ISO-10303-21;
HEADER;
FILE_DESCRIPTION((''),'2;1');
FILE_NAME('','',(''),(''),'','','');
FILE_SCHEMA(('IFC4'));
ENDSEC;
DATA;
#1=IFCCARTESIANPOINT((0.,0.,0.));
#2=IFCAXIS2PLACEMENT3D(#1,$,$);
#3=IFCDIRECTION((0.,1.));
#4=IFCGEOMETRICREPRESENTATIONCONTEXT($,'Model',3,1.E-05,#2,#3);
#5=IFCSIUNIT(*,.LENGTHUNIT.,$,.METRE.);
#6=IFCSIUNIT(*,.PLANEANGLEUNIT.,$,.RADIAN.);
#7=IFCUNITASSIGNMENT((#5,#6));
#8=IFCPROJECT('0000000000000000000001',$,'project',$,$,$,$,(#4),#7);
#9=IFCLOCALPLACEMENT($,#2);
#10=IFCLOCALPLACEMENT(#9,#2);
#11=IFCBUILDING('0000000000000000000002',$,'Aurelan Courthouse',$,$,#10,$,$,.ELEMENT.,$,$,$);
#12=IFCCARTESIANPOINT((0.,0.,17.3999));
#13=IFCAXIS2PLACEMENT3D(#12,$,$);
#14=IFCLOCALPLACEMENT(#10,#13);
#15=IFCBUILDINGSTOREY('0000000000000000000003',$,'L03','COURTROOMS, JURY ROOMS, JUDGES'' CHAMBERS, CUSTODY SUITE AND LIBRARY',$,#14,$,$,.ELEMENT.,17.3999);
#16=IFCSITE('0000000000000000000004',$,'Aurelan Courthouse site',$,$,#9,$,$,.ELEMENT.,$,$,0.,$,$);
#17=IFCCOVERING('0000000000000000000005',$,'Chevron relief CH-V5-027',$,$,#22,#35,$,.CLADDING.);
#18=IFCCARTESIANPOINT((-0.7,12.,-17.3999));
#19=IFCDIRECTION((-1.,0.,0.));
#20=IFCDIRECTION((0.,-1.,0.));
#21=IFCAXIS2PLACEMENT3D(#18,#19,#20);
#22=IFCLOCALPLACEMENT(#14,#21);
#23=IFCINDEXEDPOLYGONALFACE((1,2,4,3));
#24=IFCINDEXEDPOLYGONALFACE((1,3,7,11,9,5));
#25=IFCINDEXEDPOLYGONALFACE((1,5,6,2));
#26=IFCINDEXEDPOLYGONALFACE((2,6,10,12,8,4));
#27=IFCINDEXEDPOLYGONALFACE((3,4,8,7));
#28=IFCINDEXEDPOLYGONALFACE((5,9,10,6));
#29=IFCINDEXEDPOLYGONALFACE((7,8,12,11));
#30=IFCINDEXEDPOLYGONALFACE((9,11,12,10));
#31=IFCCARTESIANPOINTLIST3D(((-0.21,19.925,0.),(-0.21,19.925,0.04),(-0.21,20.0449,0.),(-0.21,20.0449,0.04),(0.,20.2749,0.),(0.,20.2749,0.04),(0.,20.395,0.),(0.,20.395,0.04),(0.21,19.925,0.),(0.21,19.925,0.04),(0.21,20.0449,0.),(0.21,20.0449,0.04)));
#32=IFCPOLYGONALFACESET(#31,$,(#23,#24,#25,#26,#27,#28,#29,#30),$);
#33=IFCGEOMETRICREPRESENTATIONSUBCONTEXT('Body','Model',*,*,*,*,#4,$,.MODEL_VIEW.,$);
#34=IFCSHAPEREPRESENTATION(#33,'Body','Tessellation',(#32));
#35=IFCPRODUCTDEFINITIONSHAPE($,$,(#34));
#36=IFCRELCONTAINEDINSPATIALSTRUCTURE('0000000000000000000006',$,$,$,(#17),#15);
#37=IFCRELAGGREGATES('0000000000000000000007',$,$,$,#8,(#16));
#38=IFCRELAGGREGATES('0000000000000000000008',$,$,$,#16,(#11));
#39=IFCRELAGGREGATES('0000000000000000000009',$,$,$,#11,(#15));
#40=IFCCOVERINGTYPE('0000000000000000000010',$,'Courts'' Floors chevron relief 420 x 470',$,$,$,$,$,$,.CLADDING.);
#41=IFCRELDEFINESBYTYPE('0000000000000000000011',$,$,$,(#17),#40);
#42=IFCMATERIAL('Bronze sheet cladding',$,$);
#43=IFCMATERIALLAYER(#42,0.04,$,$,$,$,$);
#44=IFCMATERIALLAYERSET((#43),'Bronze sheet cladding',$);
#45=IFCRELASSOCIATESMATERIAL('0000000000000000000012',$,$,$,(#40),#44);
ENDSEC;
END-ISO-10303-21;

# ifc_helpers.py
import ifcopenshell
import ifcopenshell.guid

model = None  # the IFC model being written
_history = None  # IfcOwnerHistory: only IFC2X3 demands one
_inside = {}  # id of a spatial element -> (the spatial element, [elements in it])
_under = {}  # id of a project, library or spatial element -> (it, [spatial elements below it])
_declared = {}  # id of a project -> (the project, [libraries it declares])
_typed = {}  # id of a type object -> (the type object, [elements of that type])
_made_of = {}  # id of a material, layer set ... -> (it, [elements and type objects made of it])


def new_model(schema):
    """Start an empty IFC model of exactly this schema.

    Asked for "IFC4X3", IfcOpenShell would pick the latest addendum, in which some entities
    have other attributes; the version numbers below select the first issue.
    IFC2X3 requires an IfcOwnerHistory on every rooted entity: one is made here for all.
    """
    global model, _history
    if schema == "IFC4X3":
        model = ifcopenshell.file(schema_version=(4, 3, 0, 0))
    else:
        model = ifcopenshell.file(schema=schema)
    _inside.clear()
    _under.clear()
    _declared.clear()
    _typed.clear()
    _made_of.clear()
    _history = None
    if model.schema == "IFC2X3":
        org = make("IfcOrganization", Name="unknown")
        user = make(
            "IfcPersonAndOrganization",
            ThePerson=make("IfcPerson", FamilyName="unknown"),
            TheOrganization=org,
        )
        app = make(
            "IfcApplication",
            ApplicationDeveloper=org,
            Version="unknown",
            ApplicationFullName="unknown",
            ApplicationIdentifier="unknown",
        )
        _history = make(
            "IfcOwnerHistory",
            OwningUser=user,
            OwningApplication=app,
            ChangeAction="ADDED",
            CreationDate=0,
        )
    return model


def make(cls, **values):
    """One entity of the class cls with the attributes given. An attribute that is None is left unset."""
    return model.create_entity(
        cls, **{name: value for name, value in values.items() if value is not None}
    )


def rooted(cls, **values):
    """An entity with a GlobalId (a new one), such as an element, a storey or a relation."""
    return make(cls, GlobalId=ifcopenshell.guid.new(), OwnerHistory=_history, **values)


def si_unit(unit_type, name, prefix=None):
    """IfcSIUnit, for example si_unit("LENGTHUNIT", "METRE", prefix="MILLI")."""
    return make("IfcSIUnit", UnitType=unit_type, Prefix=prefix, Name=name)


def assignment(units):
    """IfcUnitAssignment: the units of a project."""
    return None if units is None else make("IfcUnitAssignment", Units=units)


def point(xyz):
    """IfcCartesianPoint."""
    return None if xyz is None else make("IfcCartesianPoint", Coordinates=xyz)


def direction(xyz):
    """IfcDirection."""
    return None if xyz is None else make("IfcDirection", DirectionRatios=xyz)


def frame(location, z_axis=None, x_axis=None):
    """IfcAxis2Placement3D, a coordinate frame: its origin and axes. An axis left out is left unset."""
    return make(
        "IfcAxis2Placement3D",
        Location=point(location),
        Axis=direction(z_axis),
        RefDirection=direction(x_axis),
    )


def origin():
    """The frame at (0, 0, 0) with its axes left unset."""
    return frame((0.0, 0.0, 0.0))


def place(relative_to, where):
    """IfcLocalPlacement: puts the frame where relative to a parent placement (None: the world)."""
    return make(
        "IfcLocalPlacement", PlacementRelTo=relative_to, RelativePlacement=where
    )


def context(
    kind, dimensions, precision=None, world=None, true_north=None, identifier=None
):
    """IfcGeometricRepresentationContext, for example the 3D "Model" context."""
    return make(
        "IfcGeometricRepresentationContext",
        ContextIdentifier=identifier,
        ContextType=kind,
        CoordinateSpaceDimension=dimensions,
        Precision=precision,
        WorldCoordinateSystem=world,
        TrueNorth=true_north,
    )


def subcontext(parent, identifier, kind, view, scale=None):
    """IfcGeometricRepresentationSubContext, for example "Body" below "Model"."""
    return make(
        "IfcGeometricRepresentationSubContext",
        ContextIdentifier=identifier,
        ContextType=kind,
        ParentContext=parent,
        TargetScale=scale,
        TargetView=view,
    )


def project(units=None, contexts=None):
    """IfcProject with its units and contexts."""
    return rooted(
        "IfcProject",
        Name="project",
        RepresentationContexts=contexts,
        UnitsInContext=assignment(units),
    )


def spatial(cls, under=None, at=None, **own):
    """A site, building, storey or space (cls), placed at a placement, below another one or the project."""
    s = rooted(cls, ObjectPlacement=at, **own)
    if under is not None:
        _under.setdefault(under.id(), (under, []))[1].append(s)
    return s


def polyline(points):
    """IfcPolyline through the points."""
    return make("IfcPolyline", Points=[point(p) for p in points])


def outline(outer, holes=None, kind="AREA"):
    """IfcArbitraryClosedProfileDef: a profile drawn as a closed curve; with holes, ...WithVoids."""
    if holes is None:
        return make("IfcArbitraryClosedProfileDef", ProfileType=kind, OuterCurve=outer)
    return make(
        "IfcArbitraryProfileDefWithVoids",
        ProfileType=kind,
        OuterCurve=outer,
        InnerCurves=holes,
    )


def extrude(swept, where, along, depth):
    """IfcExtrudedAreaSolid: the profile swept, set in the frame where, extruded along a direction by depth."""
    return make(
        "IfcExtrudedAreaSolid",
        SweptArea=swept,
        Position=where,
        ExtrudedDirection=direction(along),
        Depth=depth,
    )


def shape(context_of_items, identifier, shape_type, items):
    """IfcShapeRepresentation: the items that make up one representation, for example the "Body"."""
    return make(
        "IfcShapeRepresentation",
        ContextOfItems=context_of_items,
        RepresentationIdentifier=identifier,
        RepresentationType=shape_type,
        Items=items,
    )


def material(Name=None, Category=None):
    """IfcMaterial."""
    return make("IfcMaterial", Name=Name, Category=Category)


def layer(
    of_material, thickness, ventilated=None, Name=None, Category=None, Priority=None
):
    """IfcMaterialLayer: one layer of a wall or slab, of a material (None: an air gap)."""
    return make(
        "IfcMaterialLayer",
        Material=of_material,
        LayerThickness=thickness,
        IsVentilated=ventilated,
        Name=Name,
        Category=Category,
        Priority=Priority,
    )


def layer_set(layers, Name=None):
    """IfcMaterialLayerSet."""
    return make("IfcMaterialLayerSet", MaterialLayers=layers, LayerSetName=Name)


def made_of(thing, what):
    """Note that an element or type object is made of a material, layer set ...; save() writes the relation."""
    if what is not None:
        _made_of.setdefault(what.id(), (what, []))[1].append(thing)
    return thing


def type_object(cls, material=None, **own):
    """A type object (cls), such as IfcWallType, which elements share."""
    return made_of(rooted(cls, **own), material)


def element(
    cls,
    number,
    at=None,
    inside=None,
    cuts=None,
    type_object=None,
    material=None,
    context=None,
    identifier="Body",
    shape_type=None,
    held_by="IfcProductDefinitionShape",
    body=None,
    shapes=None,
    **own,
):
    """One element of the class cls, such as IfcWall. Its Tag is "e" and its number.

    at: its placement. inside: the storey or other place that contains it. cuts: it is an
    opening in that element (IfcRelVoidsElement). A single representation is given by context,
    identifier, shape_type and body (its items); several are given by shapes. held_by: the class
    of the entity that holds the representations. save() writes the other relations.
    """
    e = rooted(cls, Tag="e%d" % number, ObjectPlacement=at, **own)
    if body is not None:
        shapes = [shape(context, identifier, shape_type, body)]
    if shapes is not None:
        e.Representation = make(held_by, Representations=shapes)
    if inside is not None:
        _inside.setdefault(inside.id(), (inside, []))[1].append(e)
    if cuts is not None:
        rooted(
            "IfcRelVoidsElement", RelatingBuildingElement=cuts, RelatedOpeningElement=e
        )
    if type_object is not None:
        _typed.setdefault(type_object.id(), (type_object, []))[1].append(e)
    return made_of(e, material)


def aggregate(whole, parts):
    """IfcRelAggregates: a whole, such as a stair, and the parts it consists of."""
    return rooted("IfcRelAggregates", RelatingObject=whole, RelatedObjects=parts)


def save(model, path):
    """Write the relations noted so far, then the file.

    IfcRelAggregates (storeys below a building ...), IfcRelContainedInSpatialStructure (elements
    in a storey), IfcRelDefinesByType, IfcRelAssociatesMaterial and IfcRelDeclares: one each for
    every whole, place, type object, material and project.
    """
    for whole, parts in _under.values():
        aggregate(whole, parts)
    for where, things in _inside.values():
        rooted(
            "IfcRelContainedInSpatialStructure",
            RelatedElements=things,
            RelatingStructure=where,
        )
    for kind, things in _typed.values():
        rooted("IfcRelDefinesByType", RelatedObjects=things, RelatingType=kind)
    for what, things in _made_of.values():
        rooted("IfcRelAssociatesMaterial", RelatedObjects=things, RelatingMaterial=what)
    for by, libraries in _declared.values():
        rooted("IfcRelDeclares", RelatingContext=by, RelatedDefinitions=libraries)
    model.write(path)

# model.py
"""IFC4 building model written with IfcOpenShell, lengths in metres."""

from ifc_helpers import new_model, si_unit, direction, frame, origin, place, context, subcontext, project, spatial, polyline, outline, extrude, material, layer, layer_set, type_object, element, save


model = new_model("IFC4")

# Units and contexts
model_context = context("Model", 3, precision=1e-05, world=origin(), true_north=direction((0.0, 1.0)))
body_context = subcontext(model_context, "Body", "Model", "MODEL_VIEW")
ifc_project = project(units=[si_unit("LENGTHUNIT", "METRE"), si_unit("PLANEANGLEUNIT", "RADIAN")], contexts=[model_context])

# Site, building, storey
site_placement = place(None, origin())
site = spatial("IfcSite", under=ifc_project, at=site_placement, Name="Aurelan Courthouse site", CompositionType="ELEMENT", RefElevation=0.0)
building_placement = place(site_placement, origin())
building = spatial("IfcBuilding", under=site, at=building_placement, Name="Aurelan Courthouse", CompositionType="ELEMENT")
storey_placement = place(building_placement, frame((0.0, 0.0, 17.3999)))
storey = spatial("IfcBuildingStorey", under=building, at=storey_placement, Name="L03", Description="COURTROOMS, JURY ROOMS, JUDGES' CHAMBERS, CUSTODY SUITE AND LIBRARY", CompositionType="ELEMENT", Elevation=17.3999)

# Covering
ifc_material_1 = material(Name="Bronze sheet cladding")
ifc_layer_1 = layer(ifc_material_1, 0.04)
ifc_layer_set_1 = layer_set([ifc_layer_1], Name="Bronze sheet cladding")
covering_type_1 = type_object("IfcCoveringType", Name="Courts' Floors chevron relief 420 x 470", PredefinedType="CLADDING", material=ifc_layer_set_1)
covering_1_placement = place(storey_placement, frame((-0.7, 12.0, -17.3999), z_axis=(-1.0, 0.0, 0.0), x_axis=(0.0, -1.0, 0.0)))
element("IfcCovering", 1, at=covering_1_placement, inside=storey, type_object=covering_type_1, Name="Chevron relief CH-V5-027", PredefinedType="CLADDING", context=body_context, shape_type="SweptSolid", body=[
    extrude(outline(polyline([(-0.21, 19.925), (0.0, 20.2749), (0.21, 19.925), (0.21, 20.0449), (0.0, 20.395), (-0.21, 20.0449), (-0.21, 19.925)])), origin(), (0.0, 0.0, 1.0), 0.04),
])

save(model, "model.ifc")
